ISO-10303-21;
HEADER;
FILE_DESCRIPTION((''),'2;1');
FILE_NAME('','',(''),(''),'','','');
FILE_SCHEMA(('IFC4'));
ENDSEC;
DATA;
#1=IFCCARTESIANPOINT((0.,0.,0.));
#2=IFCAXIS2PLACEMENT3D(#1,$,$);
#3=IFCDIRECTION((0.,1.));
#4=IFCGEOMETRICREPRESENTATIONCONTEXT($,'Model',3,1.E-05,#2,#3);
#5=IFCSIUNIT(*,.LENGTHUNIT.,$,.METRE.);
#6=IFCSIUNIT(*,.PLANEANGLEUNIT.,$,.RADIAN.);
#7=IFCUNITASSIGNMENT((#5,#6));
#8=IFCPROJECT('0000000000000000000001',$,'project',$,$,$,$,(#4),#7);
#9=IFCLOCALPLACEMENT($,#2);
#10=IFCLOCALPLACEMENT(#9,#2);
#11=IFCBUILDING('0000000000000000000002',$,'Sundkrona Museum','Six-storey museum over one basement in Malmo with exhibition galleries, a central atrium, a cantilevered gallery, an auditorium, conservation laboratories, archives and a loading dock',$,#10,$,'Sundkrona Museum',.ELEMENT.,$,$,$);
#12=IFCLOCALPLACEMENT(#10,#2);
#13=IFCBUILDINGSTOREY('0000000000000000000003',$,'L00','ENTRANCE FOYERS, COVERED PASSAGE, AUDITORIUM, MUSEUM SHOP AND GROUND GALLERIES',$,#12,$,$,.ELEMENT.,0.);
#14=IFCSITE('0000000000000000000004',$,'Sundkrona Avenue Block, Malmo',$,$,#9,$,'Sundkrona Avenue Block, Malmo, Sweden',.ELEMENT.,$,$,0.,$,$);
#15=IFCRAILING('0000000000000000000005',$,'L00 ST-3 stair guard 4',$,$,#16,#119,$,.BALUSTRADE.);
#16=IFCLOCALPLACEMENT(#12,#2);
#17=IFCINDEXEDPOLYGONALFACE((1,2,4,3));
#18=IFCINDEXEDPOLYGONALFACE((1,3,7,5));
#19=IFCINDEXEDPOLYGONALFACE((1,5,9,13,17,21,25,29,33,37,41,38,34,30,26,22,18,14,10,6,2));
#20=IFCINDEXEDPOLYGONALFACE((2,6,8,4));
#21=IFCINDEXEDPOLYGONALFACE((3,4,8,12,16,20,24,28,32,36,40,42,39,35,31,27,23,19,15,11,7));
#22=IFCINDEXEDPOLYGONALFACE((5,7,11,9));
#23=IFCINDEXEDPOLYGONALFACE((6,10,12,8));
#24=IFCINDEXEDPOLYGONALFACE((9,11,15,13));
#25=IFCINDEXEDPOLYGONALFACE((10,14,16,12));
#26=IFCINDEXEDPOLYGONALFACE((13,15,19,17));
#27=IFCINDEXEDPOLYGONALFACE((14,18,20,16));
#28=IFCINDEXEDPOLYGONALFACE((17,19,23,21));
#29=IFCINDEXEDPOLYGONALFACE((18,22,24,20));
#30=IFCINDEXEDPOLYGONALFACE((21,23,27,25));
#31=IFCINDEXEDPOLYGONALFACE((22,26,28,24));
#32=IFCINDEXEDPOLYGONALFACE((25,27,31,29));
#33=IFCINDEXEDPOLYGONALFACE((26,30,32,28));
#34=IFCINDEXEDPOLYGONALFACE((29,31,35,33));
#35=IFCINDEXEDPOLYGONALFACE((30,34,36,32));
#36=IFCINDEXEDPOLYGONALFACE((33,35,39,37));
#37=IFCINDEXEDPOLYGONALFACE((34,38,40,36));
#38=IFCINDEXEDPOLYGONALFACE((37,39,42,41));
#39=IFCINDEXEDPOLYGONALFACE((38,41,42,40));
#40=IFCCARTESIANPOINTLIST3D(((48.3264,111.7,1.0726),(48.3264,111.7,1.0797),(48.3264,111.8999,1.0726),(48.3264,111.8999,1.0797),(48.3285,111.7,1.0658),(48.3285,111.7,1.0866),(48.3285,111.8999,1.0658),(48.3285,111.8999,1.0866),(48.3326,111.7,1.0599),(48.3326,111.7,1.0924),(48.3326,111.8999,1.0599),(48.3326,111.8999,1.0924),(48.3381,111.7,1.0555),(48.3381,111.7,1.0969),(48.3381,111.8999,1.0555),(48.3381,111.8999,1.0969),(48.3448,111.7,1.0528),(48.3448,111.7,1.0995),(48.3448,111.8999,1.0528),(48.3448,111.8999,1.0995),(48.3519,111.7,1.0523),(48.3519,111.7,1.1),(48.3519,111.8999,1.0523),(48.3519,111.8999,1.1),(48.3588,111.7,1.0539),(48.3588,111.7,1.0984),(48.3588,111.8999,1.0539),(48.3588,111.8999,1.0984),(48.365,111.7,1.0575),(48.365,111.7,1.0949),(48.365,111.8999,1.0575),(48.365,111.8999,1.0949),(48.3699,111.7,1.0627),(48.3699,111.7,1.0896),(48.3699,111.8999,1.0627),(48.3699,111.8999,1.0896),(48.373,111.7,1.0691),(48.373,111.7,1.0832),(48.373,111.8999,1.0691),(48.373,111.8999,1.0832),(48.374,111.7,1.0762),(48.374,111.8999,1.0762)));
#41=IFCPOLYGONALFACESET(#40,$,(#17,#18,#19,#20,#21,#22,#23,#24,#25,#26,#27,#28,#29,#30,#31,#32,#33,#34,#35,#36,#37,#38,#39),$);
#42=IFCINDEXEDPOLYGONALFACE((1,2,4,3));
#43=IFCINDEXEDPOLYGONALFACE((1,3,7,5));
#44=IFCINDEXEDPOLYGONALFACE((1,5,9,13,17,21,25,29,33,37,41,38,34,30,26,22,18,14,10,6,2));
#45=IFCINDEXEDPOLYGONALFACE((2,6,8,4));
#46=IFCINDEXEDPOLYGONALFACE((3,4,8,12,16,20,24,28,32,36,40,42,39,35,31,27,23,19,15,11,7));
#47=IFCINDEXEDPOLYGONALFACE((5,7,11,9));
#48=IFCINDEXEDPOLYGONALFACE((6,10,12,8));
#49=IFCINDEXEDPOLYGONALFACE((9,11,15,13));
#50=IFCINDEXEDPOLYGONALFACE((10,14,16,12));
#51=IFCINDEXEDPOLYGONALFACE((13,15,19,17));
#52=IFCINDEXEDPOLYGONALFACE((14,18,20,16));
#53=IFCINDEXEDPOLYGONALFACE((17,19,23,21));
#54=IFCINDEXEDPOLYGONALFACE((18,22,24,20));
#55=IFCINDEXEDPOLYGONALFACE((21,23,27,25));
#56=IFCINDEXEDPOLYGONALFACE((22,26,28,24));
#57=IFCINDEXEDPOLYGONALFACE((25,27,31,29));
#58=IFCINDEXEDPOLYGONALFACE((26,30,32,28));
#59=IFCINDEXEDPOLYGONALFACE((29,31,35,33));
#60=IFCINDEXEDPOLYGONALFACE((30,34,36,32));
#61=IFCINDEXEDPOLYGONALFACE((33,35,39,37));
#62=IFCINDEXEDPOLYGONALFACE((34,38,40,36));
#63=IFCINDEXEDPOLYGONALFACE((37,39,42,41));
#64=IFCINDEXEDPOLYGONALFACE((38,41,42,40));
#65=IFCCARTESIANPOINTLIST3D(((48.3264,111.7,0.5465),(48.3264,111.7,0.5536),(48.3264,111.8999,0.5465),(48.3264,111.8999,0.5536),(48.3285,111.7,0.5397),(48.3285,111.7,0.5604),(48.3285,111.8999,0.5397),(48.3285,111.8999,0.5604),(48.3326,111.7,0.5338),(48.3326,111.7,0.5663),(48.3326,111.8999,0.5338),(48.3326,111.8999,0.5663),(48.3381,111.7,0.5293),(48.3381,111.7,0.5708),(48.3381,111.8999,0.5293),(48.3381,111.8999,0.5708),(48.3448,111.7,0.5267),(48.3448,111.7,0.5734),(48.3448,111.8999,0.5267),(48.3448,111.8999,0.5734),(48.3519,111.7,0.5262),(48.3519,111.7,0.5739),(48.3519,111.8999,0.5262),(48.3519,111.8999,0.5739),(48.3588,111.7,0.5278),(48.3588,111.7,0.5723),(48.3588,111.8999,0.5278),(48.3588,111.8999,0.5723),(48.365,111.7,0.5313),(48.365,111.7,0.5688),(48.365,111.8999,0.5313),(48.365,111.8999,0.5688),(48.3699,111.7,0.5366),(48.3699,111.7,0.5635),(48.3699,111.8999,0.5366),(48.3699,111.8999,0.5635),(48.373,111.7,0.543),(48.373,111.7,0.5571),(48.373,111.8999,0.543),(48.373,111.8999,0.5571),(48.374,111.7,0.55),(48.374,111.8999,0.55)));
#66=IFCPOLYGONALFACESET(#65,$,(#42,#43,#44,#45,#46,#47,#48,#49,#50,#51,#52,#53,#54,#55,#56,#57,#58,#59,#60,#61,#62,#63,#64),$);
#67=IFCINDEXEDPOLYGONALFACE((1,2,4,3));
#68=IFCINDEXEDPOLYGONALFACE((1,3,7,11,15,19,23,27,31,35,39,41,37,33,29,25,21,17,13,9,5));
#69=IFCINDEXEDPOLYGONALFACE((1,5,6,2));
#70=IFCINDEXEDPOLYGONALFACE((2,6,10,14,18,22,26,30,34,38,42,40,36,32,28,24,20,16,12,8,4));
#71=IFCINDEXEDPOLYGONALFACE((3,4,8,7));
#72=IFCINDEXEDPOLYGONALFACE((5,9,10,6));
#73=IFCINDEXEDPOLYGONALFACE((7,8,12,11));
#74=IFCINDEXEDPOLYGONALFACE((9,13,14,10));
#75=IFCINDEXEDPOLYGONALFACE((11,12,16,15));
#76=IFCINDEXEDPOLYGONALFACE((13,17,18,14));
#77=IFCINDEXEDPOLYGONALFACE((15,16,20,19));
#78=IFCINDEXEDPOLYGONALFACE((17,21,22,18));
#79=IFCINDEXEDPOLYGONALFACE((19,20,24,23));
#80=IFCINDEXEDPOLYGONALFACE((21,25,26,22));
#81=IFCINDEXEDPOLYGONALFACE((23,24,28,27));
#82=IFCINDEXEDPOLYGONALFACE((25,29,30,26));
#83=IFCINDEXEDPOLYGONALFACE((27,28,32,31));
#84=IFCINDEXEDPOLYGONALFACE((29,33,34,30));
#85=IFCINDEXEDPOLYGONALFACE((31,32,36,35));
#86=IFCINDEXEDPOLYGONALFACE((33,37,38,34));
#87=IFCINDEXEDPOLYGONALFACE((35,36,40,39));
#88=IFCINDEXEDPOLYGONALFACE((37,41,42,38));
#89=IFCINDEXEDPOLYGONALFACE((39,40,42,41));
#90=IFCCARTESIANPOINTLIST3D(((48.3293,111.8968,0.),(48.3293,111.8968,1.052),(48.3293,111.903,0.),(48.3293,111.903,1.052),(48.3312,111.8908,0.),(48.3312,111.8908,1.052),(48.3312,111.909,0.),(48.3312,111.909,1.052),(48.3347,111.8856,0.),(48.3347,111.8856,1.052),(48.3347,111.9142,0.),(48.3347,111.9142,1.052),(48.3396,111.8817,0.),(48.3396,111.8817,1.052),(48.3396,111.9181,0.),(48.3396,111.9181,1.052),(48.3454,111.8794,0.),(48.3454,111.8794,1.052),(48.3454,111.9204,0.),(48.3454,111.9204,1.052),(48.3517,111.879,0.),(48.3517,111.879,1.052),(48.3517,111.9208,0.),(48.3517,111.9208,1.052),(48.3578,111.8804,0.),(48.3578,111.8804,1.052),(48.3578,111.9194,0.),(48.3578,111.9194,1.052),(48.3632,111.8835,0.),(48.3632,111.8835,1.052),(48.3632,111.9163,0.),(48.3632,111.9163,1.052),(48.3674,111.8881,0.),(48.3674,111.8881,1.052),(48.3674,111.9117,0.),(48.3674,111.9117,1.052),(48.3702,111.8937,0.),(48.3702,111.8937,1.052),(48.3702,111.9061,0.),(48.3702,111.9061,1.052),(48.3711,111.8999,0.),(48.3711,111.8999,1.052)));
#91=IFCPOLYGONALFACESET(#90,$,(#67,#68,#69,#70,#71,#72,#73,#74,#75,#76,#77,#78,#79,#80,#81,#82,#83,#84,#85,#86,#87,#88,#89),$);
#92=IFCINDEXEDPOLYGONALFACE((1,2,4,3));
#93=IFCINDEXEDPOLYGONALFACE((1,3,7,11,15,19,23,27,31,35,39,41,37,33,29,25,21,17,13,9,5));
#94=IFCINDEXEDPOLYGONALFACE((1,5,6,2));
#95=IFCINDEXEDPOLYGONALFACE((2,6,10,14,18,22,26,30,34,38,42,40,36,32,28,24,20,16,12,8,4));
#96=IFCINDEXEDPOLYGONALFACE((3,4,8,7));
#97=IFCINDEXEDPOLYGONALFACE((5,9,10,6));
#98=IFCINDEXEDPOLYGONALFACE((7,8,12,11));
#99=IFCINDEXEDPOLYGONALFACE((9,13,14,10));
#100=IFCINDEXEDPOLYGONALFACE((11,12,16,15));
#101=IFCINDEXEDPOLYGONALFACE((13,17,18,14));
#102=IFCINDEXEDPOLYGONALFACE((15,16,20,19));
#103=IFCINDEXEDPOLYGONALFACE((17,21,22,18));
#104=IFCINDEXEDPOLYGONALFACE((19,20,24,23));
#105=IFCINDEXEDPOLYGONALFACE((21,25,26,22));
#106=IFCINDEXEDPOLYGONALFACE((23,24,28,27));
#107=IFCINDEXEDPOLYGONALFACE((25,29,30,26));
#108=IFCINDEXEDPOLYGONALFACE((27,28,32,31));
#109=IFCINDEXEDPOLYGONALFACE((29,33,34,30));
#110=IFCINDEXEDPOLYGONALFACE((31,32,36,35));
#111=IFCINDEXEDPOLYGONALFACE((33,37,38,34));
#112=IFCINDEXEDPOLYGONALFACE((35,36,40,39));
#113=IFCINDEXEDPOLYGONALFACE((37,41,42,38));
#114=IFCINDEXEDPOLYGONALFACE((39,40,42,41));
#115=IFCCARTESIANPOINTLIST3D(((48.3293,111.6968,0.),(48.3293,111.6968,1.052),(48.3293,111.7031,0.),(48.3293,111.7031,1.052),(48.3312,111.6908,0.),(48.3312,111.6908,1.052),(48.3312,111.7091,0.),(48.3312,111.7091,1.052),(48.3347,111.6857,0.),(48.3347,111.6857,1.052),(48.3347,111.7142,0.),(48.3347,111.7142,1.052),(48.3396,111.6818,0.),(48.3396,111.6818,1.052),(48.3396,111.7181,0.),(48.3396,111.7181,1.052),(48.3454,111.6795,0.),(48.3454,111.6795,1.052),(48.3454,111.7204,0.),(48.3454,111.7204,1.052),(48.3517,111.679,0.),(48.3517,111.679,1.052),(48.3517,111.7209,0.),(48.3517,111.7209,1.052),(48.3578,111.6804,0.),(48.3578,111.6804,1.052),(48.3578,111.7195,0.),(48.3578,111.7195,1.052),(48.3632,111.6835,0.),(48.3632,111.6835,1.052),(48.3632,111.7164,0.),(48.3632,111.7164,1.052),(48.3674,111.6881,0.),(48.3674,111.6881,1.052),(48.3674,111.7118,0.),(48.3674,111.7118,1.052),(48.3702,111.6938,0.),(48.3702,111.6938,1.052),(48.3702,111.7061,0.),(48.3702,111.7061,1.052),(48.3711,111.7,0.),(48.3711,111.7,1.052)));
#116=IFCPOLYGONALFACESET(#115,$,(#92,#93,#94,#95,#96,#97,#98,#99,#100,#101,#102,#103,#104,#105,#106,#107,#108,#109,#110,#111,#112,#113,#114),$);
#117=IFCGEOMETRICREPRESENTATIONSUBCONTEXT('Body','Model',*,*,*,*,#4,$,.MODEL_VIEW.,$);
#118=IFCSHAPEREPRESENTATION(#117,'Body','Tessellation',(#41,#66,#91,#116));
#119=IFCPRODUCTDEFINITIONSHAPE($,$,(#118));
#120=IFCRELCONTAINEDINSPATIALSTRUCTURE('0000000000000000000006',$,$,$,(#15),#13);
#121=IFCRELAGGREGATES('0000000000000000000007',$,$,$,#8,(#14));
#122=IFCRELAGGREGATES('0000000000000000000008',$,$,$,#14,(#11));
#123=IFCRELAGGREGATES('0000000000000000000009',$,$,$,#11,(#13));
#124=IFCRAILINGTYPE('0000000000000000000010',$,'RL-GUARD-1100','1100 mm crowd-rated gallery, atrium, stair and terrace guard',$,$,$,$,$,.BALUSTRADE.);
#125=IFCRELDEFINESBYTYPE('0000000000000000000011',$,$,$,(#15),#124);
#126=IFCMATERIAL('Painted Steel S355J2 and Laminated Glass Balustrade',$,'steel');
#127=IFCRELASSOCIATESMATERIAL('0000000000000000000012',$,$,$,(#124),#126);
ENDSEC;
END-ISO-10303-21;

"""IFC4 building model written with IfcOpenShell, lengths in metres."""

from ifc_helpers import new_model, si_unit, direction, frame, origin, origin_2d, place, context, subcontext, project, spatial, circle, extrude, material, type_object, element, save


model = new_model("IFC4")

# Units and contexts
model_context = context("Model", 3, precision=1e-05, world=origin(), true_north=direction((0.0, 1.0)))
body_context = subcontext(model_context, "Body", "Model", "MODEL_VIEW")
ifc_project = project(units=[si_unit("LENGTHUNIT", "METRE"), si_unit("PLANEANGLEUNIT", "RADIAN")], contexts=[model_context])

# Site, building, storey
site_placement = place(None, origin())
site = spatial("IfcSite", under=ifc_project, at=site_placement, Name="Sundkrona Avenue Block, Malmo", LongName="Sundkrona Avenue Block, Malmo, Sweden", CompositionType="ELEMENT", RefElevation=0.0)
building_placement = place(site_placement, origin())
building = spatial("IfcBuilding", under=site, at=building_placement, Name="Sundkrona Museum", Description="Six-storey museum over one basement in Malmo with exhibition galleries, a central atrium, a cantilevered gallery, an auditorium, conservation laboratories, archives and a loading dock", LongName="Sundkrona Museum", CompositionType="ELEMENT")
storey_placement = place(building_placement, origin())
storey = spatial("IfcBuildingStorey", under=building, at=storey_placement, Name="L00", Description="ENTRANCE FOYERS, COVERED PASSAGE, AUDITORIUM, MUSEUM SHOP AND GROUND GALLERIES", CompositionType="ELEMENT", Elevation=0.0)

# Railing
ifc_material_1 = material(Name="Painted Steel S355J2 and Laminated Glass Balustrade", Category="steel")
railing_type_1 = type_object("IfcRailingType", Name="RL-GUARD-1100", Description="1100 mm crowd-rated gallery, atrium, stair and terrace guard", PredefinedType="BALUSTRADE", material=ifc_material_1)
railing_1_placement = place(storey_placement, frame((48.3501, 111.8999, 0.0)))
element("IfcRailing", 1, at=railing_1_placement, inside=storey, type_object=railing_type_1, Name="L00 ST-3 stair guard 4", PredefinedType="BALUSTRADE", context=body_context, shape_type="SweptSolid", body=[
    extrude(circle(Radius=0.0239, at=origin_2d()), frame((0.0, 0.0, 1.0762), z_axis=(0.0, -1.0, 0.0), x_axis=(1.0, 0.0, 0.0)), (0.0, 0.0, 1.0), 0.2),
    extrude(circle(Radius=0.0239, at=origin_2d()), frame((0.0, 0.0, 0.55), z_axis=(0.0, -1.0, 0.0), x_axis=(1.0, 0.0, 0.0)), (0.0, 0.0, 1.0), 0.2),
    extrude(circle(Radius=0.021, at=origin_2d()), origin(), (0.0, 0.0, 1.0), 1.052),
    extrude(circle(Radius=0.021, at=origin_2d()), frame((0.0, -0.2, 0.0)), (0.0, 0.0, 1.0), 1.052),
])

save(model, "model.ifc")
